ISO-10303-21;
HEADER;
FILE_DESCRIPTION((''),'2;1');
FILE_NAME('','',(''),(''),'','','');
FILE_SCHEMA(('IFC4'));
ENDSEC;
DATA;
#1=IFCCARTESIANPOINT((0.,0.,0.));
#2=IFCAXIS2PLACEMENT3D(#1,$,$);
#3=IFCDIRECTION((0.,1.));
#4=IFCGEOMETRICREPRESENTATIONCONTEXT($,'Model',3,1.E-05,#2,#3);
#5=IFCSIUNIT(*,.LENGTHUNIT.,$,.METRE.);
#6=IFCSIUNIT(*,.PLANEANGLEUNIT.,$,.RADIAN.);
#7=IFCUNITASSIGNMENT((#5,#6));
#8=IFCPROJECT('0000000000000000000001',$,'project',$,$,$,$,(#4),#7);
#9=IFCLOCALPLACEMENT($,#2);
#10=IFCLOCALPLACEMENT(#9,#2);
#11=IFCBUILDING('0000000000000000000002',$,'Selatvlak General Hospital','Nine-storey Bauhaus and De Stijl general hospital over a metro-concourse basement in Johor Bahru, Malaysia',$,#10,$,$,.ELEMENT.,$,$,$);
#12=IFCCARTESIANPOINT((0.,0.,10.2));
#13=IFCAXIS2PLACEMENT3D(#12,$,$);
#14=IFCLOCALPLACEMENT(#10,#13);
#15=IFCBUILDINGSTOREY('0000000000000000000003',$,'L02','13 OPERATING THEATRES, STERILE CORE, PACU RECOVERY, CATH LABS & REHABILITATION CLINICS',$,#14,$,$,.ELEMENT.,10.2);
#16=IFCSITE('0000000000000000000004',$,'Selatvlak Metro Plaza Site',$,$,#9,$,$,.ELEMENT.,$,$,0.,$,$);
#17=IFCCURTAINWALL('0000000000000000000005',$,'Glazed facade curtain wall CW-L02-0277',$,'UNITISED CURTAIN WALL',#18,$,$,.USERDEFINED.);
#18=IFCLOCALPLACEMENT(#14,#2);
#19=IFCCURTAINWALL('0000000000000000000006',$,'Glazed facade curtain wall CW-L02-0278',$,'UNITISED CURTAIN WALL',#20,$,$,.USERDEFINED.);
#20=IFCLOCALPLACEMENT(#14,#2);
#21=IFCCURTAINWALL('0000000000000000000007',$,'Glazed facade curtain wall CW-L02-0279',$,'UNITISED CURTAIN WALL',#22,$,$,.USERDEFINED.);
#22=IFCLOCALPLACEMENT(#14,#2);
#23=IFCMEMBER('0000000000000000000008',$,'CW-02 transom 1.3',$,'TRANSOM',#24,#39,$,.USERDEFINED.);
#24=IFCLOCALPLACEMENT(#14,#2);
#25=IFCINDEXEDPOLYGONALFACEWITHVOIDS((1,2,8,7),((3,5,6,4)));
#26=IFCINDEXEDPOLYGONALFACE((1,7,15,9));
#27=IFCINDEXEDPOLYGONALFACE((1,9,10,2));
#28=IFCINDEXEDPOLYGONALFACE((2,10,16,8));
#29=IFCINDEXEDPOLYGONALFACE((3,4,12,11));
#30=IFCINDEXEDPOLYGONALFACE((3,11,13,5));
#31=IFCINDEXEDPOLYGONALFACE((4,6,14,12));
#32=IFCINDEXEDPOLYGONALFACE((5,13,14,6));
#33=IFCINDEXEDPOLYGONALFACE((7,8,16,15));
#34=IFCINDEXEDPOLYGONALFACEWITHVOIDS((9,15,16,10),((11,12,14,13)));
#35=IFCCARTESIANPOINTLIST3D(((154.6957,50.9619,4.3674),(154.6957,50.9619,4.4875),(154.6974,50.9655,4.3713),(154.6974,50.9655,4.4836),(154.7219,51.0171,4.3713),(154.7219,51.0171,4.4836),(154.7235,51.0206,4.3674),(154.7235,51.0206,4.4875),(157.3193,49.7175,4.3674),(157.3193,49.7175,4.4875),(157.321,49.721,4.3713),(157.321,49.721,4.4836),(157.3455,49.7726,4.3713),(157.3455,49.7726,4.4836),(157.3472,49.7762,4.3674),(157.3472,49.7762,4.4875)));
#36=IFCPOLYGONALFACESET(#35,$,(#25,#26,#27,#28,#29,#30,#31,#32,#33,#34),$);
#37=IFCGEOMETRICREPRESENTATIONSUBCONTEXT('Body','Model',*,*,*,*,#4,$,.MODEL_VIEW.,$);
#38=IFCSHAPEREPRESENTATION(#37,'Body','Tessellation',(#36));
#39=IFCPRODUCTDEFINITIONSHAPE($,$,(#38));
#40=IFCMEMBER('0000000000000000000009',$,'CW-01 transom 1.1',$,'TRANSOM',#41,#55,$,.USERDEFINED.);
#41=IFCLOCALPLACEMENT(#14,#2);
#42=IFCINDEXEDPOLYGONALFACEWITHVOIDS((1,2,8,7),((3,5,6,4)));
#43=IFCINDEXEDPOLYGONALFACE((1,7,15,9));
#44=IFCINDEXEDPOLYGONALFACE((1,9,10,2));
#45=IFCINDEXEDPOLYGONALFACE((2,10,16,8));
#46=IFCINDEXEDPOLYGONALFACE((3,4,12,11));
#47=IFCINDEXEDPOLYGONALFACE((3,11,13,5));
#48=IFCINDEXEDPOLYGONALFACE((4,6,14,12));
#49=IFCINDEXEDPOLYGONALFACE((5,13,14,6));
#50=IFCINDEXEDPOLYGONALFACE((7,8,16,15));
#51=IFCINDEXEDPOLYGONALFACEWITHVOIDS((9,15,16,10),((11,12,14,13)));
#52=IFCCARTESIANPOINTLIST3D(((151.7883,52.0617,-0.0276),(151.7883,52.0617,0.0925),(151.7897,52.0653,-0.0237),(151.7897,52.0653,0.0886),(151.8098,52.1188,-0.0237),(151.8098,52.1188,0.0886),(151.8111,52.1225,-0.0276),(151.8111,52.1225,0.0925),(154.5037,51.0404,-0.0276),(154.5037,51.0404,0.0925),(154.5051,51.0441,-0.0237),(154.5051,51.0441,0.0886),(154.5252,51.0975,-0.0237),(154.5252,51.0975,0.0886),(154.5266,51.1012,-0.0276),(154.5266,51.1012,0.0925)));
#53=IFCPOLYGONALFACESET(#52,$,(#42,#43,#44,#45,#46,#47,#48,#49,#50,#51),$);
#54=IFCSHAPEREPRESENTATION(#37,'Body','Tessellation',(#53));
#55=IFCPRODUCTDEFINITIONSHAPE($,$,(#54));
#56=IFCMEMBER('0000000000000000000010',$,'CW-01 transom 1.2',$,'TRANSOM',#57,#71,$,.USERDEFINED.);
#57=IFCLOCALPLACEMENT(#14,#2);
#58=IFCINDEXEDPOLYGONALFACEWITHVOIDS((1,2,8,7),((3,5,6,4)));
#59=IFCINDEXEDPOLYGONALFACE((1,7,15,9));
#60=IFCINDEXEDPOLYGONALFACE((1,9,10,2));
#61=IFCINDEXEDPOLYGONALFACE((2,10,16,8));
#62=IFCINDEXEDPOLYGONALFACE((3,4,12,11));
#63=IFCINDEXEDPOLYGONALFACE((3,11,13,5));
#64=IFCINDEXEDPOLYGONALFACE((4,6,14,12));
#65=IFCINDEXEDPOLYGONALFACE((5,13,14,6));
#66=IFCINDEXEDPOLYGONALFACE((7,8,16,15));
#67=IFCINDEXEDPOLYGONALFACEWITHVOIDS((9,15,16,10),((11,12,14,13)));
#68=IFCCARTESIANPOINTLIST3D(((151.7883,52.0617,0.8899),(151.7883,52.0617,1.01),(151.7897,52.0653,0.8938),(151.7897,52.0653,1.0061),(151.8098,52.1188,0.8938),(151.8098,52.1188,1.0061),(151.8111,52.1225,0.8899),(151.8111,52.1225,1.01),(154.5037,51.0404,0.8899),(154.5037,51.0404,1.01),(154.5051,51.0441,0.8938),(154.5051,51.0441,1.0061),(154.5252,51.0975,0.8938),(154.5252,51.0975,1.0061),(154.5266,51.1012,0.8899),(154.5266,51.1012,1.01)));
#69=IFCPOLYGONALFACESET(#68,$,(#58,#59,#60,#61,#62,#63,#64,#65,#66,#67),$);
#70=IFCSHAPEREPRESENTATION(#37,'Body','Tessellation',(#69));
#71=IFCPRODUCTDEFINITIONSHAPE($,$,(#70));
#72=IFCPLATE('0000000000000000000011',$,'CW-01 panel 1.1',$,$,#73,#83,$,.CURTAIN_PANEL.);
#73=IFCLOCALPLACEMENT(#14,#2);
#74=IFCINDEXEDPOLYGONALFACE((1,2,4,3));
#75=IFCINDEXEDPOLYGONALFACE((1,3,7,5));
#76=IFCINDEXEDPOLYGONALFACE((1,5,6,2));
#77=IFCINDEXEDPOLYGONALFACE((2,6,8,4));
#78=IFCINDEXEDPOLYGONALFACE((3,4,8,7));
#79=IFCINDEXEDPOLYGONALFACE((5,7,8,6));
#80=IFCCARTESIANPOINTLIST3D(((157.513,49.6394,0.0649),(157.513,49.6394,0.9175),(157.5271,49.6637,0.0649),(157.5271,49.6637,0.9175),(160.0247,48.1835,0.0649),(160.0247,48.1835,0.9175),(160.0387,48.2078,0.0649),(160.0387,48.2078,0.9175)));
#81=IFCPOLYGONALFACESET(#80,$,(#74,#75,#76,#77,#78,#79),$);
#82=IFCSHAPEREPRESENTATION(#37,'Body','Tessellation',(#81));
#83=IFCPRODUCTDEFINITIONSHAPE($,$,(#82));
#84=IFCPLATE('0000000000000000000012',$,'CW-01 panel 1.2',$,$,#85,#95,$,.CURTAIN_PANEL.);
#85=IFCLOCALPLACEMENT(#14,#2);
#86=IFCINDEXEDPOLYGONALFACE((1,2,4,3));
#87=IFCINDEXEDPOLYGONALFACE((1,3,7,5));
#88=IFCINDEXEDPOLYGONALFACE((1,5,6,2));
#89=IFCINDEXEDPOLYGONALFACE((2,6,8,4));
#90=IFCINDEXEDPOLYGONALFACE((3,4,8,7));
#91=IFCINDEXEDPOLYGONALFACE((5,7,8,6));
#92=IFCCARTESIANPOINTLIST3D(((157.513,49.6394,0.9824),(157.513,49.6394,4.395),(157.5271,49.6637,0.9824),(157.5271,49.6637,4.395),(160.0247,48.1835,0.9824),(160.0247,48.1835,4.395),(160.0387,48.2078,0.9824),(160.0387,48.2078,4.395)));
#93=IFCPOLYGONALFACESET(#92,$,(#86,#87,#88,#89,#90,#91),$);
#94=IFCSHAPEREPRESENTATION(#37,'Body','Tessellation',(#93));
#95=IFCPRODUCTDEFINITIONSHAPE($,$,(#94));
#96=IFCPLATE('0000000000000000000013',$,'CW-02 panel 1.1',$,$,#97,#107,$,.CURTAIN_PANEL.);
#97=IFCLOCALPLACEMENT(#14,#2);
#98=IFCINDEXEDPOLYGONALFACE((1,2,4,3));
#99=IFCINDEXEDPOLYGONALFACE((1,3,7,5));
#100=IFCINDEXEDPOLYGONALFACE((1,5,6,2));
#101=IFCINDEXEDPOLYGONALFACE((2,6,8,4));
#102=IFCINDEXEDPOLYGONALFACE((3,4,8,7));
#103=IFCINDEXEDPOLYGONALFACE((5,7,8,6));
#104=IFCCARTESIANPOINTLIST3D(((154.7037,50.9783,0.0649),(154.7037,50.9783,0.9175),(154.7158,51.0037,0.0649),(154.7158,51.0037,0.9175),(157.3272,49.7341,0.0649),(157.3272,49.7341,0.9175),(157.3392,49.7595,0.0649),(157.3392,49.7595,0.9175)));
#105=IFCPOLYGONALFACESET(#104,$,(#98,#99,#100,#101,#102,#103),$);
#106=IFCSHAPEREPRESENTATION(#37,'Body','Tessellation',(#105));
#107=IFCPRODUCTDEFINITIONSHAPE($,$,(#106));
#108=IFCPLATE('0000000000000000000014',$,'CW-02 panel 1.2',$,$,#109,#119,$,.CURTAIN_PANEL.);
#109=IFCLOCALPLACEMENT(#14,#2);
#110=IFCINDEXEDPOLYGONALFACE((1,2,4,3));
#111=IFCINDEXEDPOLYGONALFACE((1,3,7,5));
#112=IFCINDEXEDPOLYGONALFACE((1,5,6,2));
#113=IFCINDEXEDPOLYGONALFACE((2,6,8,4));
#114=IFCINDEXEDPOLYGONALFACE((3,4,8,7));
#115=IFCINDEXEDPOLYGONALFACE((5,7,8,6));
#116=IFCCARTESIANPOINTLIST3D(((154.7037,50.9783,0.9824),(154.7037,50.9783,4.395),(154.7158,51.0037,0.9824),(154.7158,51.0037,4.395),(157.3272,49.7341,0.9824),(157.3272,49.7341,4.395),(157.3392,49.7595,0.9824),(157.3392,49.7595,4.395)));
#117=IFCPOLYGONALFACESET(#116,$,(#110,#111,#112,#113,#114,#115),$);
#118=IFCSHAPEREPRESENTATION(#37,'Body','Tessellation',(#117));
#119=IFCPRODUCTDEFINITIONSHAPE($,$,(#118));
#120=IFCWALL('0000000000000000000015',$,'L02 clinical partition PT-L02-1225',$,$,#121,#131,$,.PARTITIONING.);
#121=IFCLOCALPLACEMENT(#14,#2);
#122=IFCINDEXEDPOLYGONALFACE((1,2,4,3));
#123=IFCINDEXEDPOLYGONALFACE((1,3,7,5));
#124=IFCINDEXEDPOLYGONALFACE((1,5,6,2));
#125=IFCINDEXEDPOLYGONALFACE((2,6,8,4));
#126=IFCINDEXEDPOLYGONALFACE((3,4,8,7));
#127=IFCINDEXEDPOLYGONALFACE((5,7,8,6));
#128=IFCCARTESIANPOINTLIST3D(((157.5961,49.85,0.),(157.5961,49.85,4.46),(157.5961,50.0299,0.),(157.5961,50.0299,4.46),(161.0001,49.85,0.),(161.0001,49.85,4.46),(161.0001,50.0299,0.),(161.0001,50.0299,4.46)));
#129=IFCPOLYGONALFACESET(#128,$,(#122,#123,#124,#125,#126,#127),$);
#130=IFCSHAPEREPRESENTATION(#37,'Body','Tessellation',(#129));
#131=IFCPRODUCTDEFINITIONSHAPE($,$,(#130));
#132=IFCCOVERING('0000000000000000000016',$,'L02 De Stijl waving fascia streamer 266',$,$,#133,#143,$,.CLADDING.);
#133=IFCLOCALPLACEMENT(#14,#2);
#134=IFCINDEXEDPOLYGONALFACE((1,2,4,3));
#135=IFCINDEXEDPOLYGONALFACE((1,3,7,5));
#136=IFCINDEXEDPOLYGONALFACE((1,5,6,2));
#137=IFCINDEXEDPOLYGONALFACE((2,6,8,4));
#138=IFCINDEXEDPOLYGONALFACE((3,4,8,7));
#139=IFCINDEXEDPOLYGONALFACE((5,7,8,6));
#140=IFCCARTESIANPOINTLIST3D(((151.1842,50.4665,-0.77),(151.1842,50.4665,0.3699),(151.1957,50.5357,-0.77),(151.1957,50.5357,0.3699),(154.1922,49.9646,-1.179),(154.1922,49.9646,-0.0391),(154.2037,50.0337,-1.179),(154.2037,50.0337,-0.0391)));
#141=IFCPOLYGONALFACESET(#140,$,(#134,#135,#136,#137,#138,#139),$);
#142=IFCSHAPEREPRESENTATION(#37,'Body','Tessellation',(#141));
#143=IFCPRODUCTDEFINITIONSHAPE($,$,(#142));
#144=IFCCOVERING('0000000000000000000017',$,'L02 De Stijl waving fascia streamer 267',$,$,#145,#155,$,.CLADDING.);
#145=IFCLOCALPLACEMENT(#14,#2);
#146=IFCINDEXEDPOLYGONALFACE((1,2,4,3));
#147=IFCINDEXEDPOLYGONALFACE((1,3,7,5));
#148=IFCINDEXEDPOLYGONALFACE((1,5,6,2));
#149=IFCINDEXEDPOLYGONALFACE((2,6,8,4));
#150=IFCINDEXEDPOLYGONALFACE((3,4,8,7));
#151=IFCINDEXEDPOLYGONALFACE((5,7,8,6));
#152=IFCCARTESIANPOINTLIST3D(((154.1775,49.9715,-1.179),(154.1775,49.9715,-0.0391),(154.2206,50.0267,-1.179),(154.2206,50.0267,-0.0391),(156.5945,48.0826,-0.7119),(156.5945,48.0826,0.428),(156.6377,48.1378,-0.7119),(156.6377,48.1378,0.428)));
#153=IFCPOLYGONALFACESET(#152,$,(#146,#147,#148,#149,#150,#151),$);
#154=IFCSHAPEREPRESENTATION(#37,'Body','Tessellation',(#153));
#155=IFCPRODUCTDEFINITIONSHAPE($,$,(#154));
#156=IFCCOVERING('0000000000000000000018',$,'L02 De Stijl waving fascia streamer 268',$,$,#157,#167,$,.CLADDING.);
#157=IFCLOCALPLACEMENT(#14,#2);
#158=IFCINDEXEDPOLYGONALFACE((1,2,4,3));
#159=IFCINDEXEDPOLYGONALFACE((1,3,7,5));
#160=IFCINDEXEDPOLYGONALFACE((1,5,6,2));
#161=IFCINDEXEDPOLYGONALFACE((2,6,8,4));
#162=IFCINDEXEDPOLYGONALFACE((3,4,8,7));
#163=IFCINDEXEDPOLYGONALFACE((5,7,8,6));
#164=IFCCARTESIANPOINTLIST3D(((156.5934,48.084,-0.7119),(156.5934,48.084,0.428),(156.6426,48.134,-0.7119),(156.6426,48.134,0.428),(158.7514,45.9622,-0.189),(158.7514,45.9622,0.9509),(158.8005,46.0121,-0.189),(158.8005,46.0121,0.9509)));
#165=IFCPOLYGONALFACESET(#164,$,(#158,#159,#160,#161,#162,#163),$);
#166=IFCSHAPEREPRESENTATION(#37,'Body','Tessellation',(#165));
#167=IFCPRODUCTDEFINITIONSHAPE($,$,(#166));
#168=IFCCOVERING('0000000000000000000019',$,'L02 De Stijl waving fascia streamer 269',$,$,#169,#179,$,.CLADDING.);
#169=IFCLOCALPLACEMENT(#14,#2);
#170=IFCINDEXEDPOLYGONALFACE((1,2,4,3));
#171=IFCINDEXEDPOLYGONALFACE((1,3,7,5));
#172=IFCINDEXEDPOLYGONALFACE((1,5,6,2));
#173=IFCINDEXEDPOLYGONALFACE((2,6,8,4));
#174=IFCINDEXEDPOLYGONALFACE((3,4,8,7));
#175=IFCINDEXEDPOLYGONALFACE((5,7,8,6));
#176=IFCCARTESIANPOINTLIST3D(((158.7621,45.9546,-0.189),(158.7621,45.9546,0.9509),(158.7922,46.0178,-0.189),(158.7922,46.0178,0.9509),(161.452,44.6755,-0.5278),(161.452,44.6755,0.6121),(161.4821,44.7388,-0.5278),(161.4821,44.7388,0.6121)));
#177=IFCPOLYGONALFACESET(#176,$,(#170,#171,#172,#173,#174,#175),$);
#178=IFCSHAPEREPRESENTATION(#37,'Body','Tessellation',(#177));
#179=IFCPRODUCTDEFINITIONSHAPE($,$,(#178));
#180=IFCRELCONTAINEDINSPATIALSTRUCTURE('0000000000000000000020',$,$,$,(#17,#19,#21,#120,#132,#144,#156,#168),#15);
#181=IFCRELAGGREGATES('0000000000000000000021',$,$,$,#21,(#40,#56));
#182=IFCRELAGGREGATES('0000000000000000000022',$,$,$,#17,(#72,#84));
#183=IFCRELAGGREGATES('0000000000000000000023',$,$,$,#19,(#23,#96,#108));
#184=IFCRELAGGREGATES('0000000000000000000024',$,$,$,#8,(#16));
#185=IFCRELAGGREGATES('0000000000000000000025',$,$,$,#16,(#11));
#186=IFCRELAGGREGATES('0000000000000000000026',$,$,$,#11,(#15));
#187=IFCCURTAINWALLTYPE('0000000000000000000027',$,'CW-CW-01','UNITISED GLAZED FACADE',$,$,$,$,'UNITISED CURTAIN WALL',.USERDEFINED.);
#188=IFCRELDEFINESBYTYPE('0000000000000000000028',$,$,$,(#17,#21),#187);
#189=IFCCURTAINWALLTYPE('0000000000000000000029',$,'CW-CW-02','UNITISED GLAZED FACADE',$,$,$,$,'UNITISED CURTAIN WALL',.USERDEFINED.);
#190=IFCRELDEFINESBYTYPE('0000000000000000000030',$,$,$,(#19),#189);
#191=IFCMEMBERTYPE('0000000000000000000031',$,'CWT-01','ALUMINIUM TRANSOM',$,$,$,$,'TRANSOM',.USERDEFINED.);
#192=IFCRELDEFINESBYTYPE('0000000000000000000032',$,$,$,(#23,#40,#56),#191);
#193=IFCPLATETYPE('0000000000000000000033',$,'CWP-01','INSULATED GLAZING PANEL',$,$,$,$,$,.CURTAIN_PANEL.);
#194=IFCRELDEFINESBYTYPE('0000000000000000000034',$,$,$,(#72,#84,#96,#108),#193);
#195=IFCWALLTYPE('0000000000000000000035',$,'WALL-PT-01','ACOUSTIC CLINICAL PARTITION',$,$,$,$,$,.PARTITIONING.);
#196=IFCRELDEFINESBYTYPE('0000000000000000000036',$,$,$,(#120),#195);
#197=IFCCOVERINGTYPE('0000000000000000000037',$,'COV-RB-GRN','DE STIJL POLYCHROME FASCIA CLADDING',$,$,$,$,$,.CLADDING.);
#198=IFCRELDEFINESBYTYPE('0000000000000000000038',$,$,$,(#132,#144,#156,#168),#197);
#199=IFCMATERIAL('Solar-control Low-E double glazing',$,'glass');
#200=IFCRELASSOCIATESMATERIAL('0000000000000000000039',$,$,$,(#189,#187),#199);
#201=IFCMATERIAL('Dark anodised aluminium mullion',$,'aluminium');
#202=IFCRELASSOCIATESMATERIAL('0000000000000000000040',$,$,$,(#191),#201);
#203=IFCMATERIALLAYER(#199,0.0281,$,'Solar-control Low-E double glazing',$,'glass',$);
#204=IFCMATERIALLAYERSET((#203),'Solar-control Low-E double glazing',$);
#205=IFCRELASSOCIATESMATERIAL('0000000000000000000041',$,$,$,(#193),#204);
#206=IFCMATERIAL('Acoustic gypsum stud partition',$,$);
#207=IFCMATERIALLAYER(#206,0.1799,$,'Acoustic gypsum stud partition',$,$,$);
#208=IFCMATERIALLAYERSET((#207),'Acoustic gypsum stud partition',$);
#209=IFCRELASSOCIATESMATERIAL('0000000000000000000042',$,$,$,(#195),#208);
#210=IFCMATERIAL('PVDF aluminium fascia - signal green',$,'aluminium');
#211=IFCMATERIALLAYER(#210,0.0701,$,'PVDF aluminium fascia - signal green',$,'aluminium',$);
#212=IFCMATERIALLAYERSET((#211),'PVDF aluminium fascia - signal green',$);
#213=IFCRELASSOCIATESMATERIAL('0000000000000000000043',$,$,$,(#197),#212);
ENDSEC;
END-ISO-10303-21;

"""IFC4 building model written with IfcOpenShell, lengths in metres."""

from ifc_helpers import new_model, si_unit, direction, frame, frame_2d, origin, origin_2d, place, context, subcontext, project, spatial, polyline, rectangle, hollow_rectangle, outline, extrude, material, layer, layer_set, material_profile, profile_set, type_object, element, aggregate, save


model = new_model("IFC4")

# Units and contexts
model_context = context("Model", 3, precision=1e-05, world=origin(), true_north=direction((0.0, 1.0)))
body_context = subcontext(model_context, "Body", "Model", "MODEL_VIEW")
ifc_project = project(units=[si_unit("LENGTHUNIT", "METRE"), si_unit("PLANEANGLEUNIT", "RADIAN")], contexts=[model_context])

# Site, building, storey
site_placement = place(None, origin())
site = spatial("IfcSite", under=ifc_project, at=site_placement, Name="Selatvlak Metro Plaza Site", CompositionType="ELEMENT", RefElevation=0.0)
building_placement = place(site_placement, origin())
building = spatial("IfcBuilding", under=site, at=building_placement, Name="Selatvlak General Hospital", Description="Nine-storey Bauhaus and De Stijl general hospital over a metro-concourse basement in Johor Bahru, Malaysia", CompositionType="ELEMENT")
storey_placement = place(building_placement, frame((0.0, 0.0, 10.2)))
storey = spatial("IfcBuildingStorey", under=building, at=storey_placement, Name="L02", Description="13 OPERATING THEATRES, STERILE CORE, PACU RECOVERY, CATH LABS & REHABILITATION CLINICS", CompositionType="ELEMENT", Elevation=10.2)

# Shared definitions
ifc_material_1 = material(Name="Solar-control Low-E double glazing", Category="glass")
curtain_wall_type_1 = type_object("IfcCurtainWallType", Name="CW-CW-02", Description="UNITISED GLAZED FACADE", ElementType="UNITISED CURTAIN WALL", PredefinedType="USERDEFINED", material=ifc_material_1)
ifc_material_2 = material(Name="Dark anodised aluminium mullion", Category="aluminium")

# Curtain walls
curtain_wall_type_2 = type_object("IfcCurtainWallType", Name="CW-CW-01", Description="UNITISED GLAZED FACADE", ElementType="UNITISED CURTAIN WALL", PredefinedType="USERDEFINED", material=ifc_material_1)
curtain_wall_1_placement = place(storey_placement, origin())
curtain_wall_1 = element("IfcCurtainWall", 1, at=curtain_wall_1_placement, inside=storey, type_object=curtain_wall_type_2, Name="Glazed facade curtain wall CW-L02-0277", ObjectType="UNITISED CURTAIN WALL", PredefinedType="USERDEFINED")
curtain_wall_2_placement = place(storey_placement, origin())
curtain_wall_2 = element("IfcCurtainWall", 2, at=curtain_wall_2_placement, inside=storey, type_object=curtain_wall_type_1, Name="Glazed facade curtain wall CW-L02-0278", ObjectType="UNITISED CURTAIN WALL", PredefinedType="USERDEFINED")

# Curtain wall
curtain_wall_3_placement = place(storey_placement, origin())
curtain_wall_3 = element("IfcCurtainWall", 3, at=curtain_wall_3_placement, inside=storey, type_object=curtain_wall_type_2, Name="Glazed facade curtain wall CW-L02-0279", ObjectType="UNITISED CURTAIN WALL", PredefinedType="USERDEFINED")

# Members
ifc_material_profile_1 = material_profile(ifc_material_2, hollow_rectangle(XDim=0.0649, YDim=0.1201, WallThickness=0.0039, at=origin_2d()), Name="AL-TRN 65x120x4")
ifc_profile_set_1 = profile_set([ifc_material_profile_1], Name="Dark anodised aluminium mullion")
member_type_1 = type_object("IfcMemberType", Name="CWT-01", Description="ALUMINIUM TRANSOM", ElementType="TRANSOM", PredefinedType="USERDEFINED", material=ifc_profile_set_1)
member_1_placement = place(storey_placement, frame((157.3333, 49.7468, 4.4275), z_axis=(-0.903517, 0.428553, 0.0), x_axis=(-0.428553, -0.903517, 0.0)))
member_1 = element("IfcMember", 4, at=member_1_placement, type_object=member_type_1, Name="CW-02 transom 1.3", ObjectType="TRANSOM", PredefinedType="USERDEFINED", context=body_context, shape_type="SweptSolid", body=[
    extrude(hollow_rectangle(XDim=0.0649, YDim=0.1201, WallThickness=0.0039, at=origin_2d()), origin(), (0.0, 0.0, 1.0), 2.9038),
])
member_2_placement = place(storey_placement, frame((154.5151, 51.0708, 0.0325), z_axis=(-0.93599, 0.352027, 0.0), x_axis=(-0.352027, -0.93599, 0.0)))
member_2 = element("IfcMember", 5, at=member_2_placement, type_object=member_type_1, Name="CW-01 transom 1.1", ObjectType="TRANSOM", PredefinedType="USERDEFINED", context=body_context, shape_type="SweptSolid", body=[
    extrude(hollow_rectangle(XDim=0.0649, YDim=0.1201, WallThickness=0.0039, at=origin_2d()), origin(), (0.0, 0.0, 1.0), 2.9011),
])
member_3_placement = place(storey_placement, frame((154.5151, 51.0708, 0.95), z_axis=(-0.93599, 0.352027, 0.0), x_axis=(-0.352027, -0.93599, 0.0)))
member_3 = element("IfcMember", 6, at=member_3_placement, type_object=member_type_1, Name="CW-01 transom 1.2", ObjectType="TRANSOM", PredefinedType="USERDEFINED", context=body_context, shape_type="SweptSolid", body=[
    extrude(hollow_rectangle(XDim=0.0649, YDim=0.1201, WallThickness=0.0039, at=origin_2d()), origin(), (0.0, 0.0, 1.0), 2.9011),
])
aggregate(curtain_wall_3, [member_2, member_3])

# Plates
ifc_layer_1 = layer(ifc_material_1, 0.0281, Name="Solar-control Low-E double glazing", Category="glass")
ifc_layer_set_1 = layer_set([ifc_layer_1], Name="Solar-control Low-E double glazing")
plate_type = type_object("IfcPlateType", Name="CWP-01", Description="INSULATED GLAZING PANEL", PredefinedType="CURTAIN_PANEL", material=ifc_layer_set_1)
plate_1_placement = place(storey_placement, frame((158.7759, 48.9236, 0.0649), z_axis=(0.0, 0.0, 1.0), x_axis=(-0.865163, 0.501491, 0.0)))
plate_1 = element("IfcPlate", 7, at=plate_1_placement, type_object=plate_type, Name="CW-01 panel 1.1", PredefinedType="CURTAIN_PANEL", context=body_context, shape_type="SweptSolid", body=[
    extrude(rectangle(XDim=2.9031, YDim=0.0281, at=origin_2d()), origin(), (0.0, 0.0, 1.0), 0.8525),
])
plate_2_placement = place(storey_placement, frame((158.7759, 48.9236, 0.9824), z_axis=(0.0, 0.0, 1.0), x_axis=(-0.865163, 0.501491, 0.0)))
plate_2 = element("IfcPlate", 8, at=plate_2_placement, type_object=plate_type, Name="CW-01 panel 1.2", PredefinedType="CURTAIN_PANEL", context=body_context, shape_type="SweptSolid", body=[
    extrude(rectangle(XDim=2.9031, YDim=0.0281, at=origin_2d()), origin(), (0.0, 0.0, 1.0), 3.4126),
])
aggregate(curtain_wall_1, [plate_1, plate_2])
plate_3_placement = place(storey_placement, frame((156.0215, 50.3689, 0.0649), z_axis=(0.0, 0.0, 1.0), x_axis=(-0.90353, 0.428526, 0.0)))
plate_3 = element("IfcPlate", 9, at=plate_3_placement, type_object=plate_type, Name="CW-02 panel 1.1", PredefinedType="CURTAIN_PANEL", context=body_context, shape_type="SweptSolid", body=[
    extrude(rectangle(XDim=2.9036, YDim=0.0281, at=origin_2d()), origin(), (0.0, 0.0, 1.0), 0.8525),
])
plate_4_placement = place(storey_placement, frame((156.0215, 50.3689, 0.9824), z_axis=(0.0, 0.0, 1.0), x_axis=(-0.90353, 0.428526, 0.0)))
plate_4 = element("IfcPlate", 10, at=plate_4_placement, type_object=plate_type, Name="CW-02 panel 1.2", PredefinedType="CURTAIN_PANEL", context=body_context, shape_type="SweptSolid", body=[
    extrude(rectangle(XDim=2.9036, YDim=0.0281, at=origin_2d()), origin(), (0.0, 0.0, 1.0), 3.4126),
])
aggregate(curtain_wall_2, [member_1, plate_3, plate_4])

# Wall
ifc_material_3 = material(Name="Acoustic gypsum stud partition")
ifc_layer_2 = layer(ifc_material_3, 0.1799, Name="Acoustic gypsum stud partition")
ifc_layer_set_2 = layer_set([ifc_layer_2], Name="Acoustic gypsum stud partition")
wall_type = type_object("IfcWallType", Name="WALL-PT-01", Description="ACOUSTIC CLINICAL PARTITION", PredefinedType="PARTITIONING", material=ifc_layer_set_2)
wall_placement = place(storey_placement, frame((157.5959, 49.9399, 0.0), z_axis=(0.0, 0.0, 1.0), x_axis=(1.0, 0.0, 0.0)))
element("IfcWall", 11, at=wall_placement, inside=storey, type_object=wall_type, Name="L02 clinical partition PT-L02-1225", PredefinedType="PARTITIONING", context=body_context, shape_type="SweptSolid", body=[
    extrude(rectangle(XDim=3.4041, YDim=0.1799, at=frame_2d((1.7021, 0.0))), origin(), (0.0, 0.0, 1.0), 4.46),
])

# Coverings
ifc_material_4 = material(Name="PVDF aluminium fascia - signal green", Category="aluminium")
ifc_layer_3 = layer(ifc_material_4, 0.0701, Name="PVDF aluminium fascia - signal green", Category="aluminium")
ifc_layer_set_3 = layer_set([ifc_layer_3], Name="PVDF aluminium fascia - signal green")
covering_type = type_object("IfcCoveringType", Name="COV-RB-GRN", Description="DE STIJL POLYCHROME FASCIA CLADDING", PredefinedType="CLADDING", material=ifc_layer_set_3)
covering_1_placement = place(storey_placement, frame((151.1899, 50.501, -0.77), z_axis=(0.0, 0.0, 1.0), x_axis=(0.986361, -0.164594, 0.0)))
element("IfcCovering", 12, at=covering_1_placement, inside=storey, type_object=covering_type, Name="L02 De Stijl waving fascia streamer 266", PredefinedType="CLADDING", context=body_context, shape_type="SweptSolid", body=[
    extrude(outline(polyline([(0.0, 0.0), (3.0496, -0.4089), (3.0496, 0.731), (0.0, 1.1399), (0.0, 0.0)])), frame((0.0, 0.0352, 0.0), z_axis=(0.0, -1.0, 0.0), x_axis=(1.0, 0.0, 0.0)), (0.0, 0.0, 1.0), 0.0701),
])
covering_2_placement = place(storey_placement, frame((154.199, 49.999, -1.179), z_axis=(0.0, 0.0, 1.0), x_axis=(0.787923, -0.615774, 0.0)))
element("IfcCovering", 13, at=covering_2_placement, inside=storey, type_object=covering_type, Name="L02 De Stijl waving fascia streamer 267", PredefinedType="CLADDING", context=body_context, shape_type="SweptSolid", body=[
    extrude(outline(polyline([(0.0, 0.0), (3.0676, 0.467), (3.0676, 1.6069), (0.0, 1.1399), (0.0, 0.0)])), frame((0.0, 0.0352, 0.0), z_axis=(0.0, -1.0, 0.0), x_axis=(1.0, 0.0, 0.0)), (0.0, 0.0, 1.0), 0.0701),
])
covering_3_placement = place(storey_placement, frame((156.6179, 48.1089, -0.7119), z_axis=(0.0, 0.0, 1.0), x_axis=(0.713051, -0.701112, 0.0)))
element("IfcCovering", 14, at=covering_3_placement, inside=storey, type_object=covering_type, Name="L02 De Stijl waving fascia streamer 268", PredefinedType="CLADDING", context=body_context, shape_type="SweptSolid", body=[
    extrude(outline(polyline([(0.0, 0.0), (3.0264, 0.5229), (3.0264, 1.6628), (0.0, 1.1399), (0.0, 0.0)])), frame((0.0, 0.0352, 0.0), z_axis=(0.0, -1.0, 0.0), x_axis=(1.0, 0.0, 0.0)), (0.0, 0.0, 1.0), 0.0701),
])
covering_4_placement = place(storey_placement, frame((158.7771, 45.9861, -0.189), z_axis=(0.0, 0.0, 1.0), x_axis=(0.903104, -0.429421, 0.0)))
element("IfcCovering", 15, at=covering_4_placement, inside=storey, type_object=covering_type, Name="L02 De Stijl waving fascia streamer 269", PredefinedType="CLADDING", context=body_context, shape_type="SweptSolid", body=[
    extrude(outline(polyline([(0.0, 0.0), (2.9785, -0.3389), (2.9785, 0.801), (0.0, 1.1399), (0.0, 0.0)])), frame((0.0, 0.0352, 0.0), z_axis=(0.0, -1.0, 0.0), x_axis=(1.0, 0.0, 0.0)), (0.0, 0.0, 1.0), 0.0701),
])

save(model, "model.ifc")
